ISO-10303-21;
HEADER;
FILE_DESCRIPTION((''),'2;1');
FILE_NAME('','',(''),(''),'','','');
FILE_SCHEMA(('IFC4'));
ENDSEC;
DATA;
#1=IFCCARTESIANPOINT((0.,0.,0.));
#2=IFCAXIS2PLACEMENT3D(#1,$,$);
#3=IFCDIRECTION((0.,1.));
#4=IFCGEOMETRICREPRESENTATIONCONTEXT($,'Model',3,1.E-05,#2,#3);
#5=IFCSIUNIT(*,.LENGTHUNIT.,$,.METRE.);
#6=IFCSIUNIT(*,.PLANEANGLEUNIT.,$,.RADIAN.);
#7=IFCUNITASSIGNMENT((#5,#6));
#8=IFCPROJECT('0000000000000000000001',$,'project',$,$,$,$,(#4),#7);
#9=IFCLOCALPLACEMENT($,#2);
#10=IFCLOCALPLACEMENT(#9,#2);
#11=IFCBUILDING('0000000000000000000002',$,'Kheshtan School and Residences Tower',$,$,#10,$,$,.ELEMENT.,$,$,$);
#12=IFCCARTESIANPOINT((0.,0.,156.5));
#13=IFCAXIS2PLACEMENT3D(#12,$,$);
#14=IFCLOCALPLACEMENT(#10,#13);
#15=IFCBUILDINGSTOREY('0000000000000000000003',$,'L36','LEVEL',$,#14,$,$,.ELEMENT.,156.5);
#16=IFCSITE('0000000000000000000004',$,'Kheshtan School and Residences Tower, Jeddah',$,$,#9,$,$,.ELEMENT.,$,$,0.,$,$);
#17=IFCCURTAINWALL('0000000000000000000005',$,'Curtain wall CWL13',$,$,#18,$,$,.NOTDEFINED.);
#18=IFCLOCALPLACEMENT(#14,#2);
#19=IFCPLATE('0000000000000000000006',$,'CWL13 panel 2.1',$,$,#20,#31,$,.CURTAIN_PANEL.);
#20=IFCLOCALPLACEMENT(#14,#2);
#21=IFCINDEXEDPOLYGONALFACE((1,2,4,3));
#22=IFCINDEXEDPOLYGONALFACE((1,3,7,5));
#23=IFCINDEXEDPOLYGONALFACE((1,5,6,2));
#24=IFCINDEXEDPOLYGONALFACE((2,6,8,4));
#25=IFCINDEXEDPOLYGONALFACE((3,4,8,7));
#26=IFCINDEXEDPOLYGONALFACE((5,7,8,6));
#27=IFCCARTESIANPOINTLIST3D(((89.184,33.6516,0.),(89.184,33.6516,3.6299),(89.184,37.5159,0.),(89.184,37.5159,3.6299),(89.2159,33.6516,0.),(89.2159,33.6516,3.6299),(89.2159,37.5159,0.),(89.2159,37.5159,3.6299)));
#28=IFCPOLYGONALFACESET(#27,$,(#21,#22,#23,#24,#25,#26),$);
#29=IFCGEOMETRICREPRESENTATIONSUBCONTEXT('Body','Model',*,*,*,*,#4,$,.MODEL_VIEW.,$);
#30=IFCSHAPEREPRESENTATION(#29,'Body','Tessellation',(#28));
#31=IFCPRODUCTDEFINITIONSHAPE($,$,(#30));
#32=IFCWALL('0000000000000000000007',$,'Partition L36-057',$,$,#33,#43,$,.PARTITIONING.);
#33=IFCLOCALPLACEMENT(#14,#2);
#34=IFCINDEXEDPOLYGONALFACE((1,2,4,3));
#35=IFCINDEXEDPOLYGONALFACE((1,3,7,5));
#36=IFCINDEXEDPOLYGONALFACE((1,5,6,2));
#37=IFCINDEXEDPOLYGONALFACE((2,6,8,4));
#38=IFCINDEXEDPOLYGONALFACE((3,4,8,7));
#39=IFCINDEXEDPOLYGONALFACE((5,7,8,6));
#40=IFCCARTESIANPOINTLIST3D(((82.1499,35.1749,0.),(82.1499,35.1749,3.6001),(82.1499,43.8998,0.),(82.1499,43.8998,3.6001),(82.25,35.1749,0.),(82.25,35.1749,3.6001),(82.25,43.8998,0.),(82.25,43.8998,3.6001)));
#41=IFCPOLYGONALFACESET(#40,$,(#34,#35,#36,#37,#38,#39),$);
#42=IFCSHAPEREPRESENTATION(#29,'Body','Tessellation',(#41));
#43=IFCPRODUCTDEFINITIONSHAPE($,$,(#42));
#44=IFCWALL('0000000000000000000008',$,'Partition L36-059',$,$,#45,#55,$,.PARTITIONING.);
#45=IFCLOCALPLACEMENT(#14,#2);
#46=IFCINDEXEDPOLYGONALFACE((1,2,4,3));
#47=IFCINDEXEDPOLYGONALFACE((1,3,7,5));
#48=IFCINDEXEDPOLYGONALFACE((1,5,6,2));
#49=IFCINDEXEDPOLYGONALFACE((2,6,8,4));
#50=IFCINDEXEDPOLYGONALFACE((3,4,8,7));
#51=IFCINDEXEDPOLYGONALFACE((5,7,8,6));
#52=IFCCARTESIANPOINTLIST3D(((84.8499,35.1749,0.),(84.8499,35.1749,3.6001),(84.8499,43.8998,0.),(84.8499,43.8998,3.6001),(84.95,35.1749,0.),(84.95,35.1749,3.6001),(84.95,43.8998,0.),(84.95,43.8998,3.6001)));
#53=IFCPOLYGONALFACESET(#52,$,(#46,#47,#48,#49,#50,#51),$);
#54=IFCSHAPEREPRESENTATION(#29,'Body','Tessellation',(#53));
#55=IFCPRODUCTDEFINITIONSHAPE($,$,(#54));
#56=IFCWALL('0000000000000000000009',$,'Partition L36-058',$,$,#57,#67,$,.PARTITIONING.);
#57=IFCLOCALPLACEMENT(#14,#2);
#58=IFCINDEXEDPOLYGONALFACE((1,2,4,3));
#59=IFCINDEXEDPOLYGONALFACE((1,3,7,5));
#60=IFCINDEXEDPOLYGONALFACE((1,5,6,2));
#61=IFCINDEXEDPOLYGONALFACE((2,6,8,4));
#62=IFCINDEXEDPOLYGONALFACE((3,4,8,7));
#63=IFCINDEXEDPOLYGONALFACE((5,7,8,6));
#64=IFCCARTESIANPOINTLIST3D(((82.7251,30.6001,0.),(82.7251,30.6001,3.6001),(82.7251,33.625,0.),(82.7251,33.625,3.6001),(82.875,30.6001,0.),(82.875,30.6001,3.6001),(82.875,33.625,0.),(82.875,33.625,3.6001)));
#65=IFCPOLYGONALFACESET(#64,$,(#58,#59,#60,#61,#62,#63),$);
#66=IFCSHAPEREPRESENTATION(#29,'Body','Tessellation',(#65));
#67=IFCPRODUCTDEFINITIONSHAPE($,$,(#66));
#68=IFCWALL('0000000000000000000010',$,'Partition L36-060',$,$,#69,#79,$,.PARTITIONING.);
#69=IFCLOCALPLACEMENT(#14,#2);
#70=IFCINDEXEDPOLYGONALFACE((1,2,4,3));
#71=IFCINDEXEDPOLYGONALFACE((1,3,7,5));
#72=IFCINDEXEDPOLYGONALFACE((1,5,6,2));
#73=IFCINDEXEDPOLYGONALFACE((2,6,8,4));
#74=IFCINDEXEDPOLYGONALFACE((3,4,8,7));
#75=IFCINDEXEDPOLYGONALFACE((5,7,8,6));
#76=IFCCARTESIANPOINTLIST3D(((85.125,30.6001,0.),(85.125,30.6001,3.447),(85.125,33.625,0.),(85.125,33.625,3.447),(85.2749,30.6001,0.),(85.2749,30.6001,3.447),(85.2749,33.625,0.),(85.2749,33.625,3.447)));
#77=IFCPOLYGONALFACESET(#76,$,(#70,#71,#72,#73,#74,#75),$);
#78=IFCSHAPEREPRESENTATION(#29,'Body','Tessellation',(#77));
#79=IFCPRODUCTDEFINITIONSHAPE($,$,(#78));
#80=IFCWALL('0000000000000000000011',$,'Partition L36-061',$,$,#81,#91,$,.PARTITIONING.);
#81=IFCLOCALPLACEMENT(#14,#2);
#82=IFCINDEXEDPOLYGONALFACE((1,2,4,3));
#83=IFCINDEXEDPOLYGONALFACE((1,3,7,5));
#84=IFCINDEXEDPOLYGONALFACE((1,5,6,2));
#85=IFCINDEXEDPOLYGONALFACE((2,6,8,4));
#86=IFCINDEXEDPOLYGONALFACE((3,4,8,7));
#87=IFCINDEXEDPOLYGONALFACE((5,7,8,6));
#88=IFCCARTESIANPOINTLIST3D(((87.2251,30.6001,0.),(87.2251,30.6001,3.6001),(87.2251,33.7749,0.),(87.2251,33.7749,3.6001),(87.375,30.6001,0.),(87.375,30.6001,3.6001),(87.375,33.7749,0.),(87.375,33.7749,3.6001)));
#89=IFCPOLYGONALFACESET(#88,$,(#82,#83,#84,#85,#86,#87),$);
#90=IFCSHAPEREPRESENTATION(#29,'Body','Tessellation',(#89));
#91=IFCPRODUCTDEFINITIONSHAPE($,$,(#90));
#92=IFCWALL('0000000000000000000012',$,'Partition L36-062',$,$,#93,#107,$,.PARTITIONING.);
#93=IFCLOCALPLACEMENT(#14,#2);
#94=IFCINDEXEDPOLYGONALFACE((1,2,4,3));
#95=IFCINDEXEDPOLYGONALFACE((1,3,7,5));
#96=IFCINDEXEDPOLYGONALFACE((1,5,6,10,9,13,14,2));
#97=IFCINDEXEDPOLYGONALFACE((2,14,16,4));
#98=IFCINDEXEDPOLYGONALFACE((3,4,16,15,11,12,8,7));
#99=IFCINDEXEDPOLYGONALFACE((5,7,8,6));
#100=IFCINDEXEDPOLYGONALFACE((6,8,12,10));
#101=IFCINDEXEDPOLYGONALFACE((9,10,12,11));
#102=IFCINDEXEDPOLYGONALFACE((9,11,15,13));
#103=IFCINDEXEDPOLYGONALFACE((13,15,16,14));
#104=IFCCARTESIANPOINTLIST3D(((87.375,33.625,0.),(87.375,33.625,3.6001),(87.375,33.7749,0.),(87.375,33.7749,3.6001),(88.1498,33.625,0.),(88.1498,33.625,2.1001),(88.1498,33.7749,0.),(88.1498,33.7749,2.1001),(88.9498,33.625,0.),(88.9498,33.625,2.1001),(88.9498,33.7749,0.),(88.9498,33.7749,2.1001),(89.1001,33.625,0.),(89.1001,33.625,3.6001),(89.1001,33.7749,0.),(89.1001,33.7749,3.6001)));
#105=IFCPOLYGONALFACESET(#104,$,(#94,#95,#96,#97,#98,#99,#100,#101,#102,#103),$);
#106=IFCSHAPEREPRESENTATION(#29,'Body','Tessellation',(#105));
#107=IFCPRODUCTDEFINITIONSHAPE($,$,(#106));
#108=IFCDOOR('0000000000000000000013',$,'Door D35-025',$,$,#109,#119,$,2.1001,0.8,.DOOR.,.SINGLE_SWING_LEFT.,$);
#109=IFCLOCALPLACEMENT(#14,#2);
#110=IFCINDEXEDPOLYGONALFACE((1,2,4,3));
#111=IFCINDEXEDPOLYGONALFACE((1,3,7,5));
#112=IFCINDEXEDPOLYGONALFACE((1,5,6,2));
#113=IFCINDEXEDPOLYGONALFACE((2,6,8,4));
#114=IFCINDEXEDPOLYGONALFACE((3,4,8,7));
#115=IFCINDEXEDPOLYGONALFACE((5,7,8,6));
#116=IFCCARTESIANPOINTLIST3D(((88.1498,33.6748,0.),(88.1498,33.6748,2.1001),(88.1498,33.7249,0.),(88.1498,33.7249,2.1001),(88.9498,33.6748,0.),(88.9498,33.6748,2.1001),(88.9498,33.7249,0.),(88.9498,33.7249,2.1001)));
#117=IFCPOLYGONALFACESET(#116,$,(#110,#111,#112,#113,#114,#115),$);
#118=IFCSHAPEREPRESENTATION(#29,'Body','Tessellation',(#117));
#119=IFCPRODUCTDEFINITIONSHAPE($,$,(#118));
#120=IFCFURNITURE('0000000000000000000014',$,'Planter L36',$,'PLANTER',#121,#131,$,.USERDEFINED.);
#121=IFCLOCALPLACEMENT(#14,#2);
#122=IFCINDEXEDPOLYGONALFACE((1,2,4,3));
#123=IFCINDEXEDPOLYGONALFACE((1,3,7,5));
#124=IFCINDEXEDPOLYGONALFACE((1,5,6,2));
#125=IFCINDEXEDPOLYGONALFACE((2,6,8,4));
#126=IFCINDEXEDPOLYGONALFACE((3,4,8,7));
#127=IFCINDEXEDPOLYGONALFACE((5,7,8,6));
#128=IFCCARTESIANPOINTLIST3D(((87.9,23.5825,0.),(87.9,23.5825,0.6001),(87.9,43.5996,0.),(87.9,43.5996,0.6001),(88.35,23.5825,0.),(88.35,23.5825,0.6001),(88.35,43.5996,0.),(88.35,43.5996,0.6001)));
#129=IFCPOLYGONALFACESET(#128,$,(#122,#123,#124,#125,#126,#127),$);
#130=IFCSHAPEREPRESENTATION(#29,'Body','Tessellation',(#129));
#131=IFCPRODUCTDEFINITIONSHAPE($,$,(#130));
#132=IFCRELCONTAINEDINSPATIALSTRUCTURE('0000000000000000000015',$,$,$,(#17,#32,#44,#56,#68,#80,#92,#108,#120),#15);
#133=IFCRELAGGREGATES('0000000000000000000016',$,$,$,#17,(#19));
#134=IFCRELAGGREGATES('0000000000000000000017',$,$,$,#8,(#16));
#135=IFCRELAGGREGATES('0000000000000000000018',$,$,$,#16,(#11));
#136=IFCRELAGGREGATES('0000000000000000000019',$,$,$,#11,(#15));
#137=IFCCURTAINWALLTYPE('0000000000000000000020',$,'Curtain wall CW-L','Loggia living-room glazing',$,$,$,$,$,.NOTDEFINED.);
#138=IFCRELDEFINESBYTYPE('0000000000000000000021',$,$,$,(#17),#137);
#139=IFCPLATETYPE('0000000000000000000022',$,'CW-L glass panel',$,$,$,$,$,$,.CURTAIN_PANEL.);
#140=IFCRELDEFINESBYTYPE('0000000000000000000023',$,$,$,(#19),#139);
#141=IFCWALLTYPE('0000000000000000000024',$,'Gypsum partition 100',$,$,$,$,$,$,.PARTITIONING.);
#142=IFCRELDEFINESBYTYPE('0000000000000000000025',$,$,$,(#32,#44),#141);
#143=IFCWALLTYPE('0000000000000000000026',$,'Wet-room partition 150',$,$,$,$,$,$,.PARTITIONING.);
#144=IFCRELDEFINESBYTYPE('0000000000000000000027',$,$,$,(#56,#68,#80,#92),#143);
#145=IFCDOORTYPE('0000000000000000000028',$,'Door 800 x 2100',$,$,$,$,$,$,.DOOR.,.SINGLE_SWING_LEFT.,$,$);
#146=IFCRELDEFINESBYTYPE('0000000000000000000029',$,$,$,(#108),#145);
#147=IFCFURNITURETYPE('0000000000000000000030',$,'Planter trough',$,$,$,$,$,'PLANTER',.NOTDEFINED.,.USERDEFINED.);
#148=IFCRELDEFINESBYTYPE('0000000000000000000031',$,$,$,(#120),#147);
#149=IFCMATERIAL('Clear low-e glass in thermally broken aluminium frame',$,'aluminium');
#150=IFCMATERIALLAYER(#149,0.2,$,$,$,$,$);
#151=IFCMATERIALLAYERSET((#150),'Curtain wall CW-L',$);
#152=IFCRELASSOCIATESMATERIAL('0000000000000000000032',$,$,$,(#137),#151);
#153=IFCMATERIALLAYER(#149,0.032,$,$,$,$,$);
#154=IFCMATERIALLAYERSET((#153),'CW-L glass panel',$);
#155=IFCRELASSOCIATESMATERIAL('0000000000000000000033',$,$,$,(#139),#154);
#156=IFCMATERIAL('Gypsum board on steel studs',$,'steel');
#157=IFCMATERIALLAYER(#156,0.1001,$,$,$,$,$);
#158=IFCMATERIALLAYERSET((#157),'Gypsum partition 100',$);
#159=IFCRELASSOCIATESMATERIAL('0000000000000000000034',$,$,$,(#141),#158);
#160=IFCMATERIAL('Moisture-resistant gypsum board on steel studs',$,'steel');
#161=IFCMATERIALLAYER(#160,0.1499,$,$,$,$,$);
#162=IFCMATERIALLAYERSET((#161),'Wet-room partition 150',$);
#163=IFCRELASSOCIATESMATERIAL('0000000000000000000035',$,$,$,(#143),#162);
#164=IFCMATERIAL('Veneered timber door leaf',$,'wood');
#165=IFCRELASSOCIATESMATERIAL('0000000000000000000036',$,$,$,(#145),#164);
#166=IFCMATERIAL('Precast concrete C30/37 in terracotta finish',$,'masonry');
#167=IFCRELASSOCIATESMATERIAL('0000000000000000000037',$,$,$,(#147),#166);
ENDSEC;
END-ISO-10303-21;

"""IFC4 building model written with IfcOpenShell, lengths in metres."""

from ifc_helpers import new_model, si_unit, direction, frame, frame_2d, origin, origin_2d, place, context, subcontext, project, spatial, rectangle, extrude, source, transform, mapped, material, layer, layer_set, type_object, element, fill, aggregate, save


model = new_model("IFC4")

# Units and contexts
model_context = context("Model", 3, precision=1e-05, world=origin(), true_north=direction((0.0, 1.0)))
body_context = subcontext(model_context, "Body", "Model", "MODEL_VIEW")
ifc_project = project(units=[si_unit("LENGTHUNIT", "METRE"), si_unit("PLANEANGLEUNIT", "RADIAN")], contexts=[model_context])

# Site, building, storey
site_placement = place(None, origin())
site = spatial("IfcSite", under=ifc_project, at=site_placement, Name="Kheshtan School and Residences Tower, Jeddah", CompositionType="ELEMENT", RefElevation=0.0)
building_placement = place(site_placement, origin())
building = spatial("IfcBuilding", under=site, at=building_placement, Name="Kheshtan School and Residences Tower", CompositionType="ELEMENT")
storey_placement = place(building_placement, frame((0.0, 0.0, 156.5)))
storey = spatial("IfcBuildingStorey", under=building, at=storey_placement, Name="L36", Description="LEVEL", CompositionType="ELEMENT", Elevation=156.5)

# Curtain wall
ifc_material_1 = material(Name="Clear low-e glass in thermally broken aluminium frame", Category="aluminium")
ifc_layer_1 = layer(ifc_material_1, 0.2)
ifc_layer_set_1 = layer_set([ifc_layer_1], Name="Curtain wall CW-L")
curtain_wall_type = type_object("IfcCurtainWallType", Name="Curtain wall CW-L", Description="Loggia living-room glazing", PredefinedType="NOTDEFINED", material=ifc_layer_set_1)
curtain_wall_1_placement = place(storey_placement, origin())
curtain_wall_1 = element("IfcCurtainWall", 1, at=curtain_wall_1_placement, inside=storey, type_object=curtain_wall_type, Name="Curtain wall CWL13", PredefinedType="NOTDEFINED")

# Plate
ifc_layer_2 = layer(ifc_material_1, 0.032)
ifc_layer_set_2 = layer_set([ifc_layer_2], Name="CW-L glass panel")
plate_type = type_object("IfcPlateType", Name="CW-L glass panel", PredefinedType="CURTAIN_PANEL", material=ifc_layer_set_2)
plate_1_placement = place(storey_placement, frame((89.2, 35.5837, 0.0), z_axis=(0.0, 0.0, 1.0), x_axis=(0.0, -1.0, 0.0)))
plate_1 = element("IfcPlate", 2, at=plate_1_placement, type_object=plate_type, Name="CWL13 panel 2.1", PredefinedType="CURTAIN_PANEL", context=body_context, shape_type="SweptSolid", body=[
    extrude(rectangle(XDim=3.8643, YDim=0.032, at=origin_2d()), origin(), (0.0, 0.0, 1.0), 3.6299),
])
aggregate(curtain_wall_1, [plate_1])

# Walls
ifc_material_2 = material(Name="Gypsum board on steel studs", Category="steel")
ifc_layer_3 = layer(ifc_material_2, 0.1001)
ifc_layer_set_3 = layer_set([ifc_layer_3], Name="Gypsum partition 100")
wall_type_1 = type_object("IfcWallType", Name="Gypsum partition 100", PredefinedType="PARTITIONING", material=ifc_layer_set_3)
for number, where, z_axis, x_axis, name in (
    (3, (82.2, 35.175, 0.0), (0.0, 0.0, 1.0), (0.0, 1.0, 0.0), "Partition L36-057"),
    (4, (84.8999, 35.175, 0.0), (0.0, 0.0, 1.0), (0.0, 1.0, 0.0), "Partition L36-059"),
):
    element("IfcWall", number, at=place(storey_placement, frame(where, z_axis=z_axis, x_axis=x_axis)), inside=storey, type_object=wall_type_1, Name=name, PredefinedType="PARTITIONING", context=body_context, shape_type="SweptSolid", body=[
        extrude(rectangle(XDim=8.7249, YDim=0.1001, at=frame_2d((4.3623, 0.0))), origin(), (0.0, 0.0, 1.0), 3.6001),
    ])
ifc_material_3 = material(Name="Moisture-resistant gypsum board on steel studs", Category="steel")
ifc_layer_4 = layer(ifc_material_3, 0.1499)
ifc_layer_set_4 = layer_set([ifc_layer_4], Name="Wet-room partition 150")
wall_type_2 = type_object("IfcWallType", Name="Wet-room partition 150", PredefinedType="PARTITIONING", material=ifc_layer_set_4)
wall_1_placement = place(storey_placement, frame((82.8, 30.6001, 0.0), z_axis=(0.0, 0.0, 1.0), x_axis=(0.0, 1.0, 0.0)))
element("IfcWall", 5, at=wall_1_placement, inside=storey, type_object=wall_type_2, Name="Partition L36-058", PredefinedType="PARTITIONING", context=body_context, shape_type="SweptSolid", body=[
    extrude(rectangle(XDim=3.0249, YDim=0.1499, at=frame_2d((1.5125, 0.0))), origin(), (0.0, 0.0, 1.0), 3.6001),
])
wall_2_placement = place(storey_placement, frame((85.2, 30.6001, 0.0), z_axis=(0.0, 0.0, 1.0), x_axis=(0.0, 1.0, 0.0)))
element("IfcWall", 6, at=wall_2_placement, inside=storey, type_object=wall_type_2, Name="Partition L36-060", PredefinedType="PARTITIONING", context=body_context, shape_type="SweptSolid", body=[
    extrude(rectangle(XDim=3.0249, YDim=0.1499, at=frame_2d((1.5125, 0.0))), origin(), (0.0, 0.0, 1.0), 3.447),
])
wall_3_placement = place(storey_placement, frame((87.3, 30.6001, 0.0), z_axis=(0.0, 0.0, 1.0), x_axis=(0.0, 1.0, 0.0)))
element("IfcWall", 7, at=wall_3_placement, inside=storey, type_object=wall_type_2, Name="Partition L36-061", PredefinedType="PARTITIONING", context=body_context, shape_type="SweptSolid", body=[
    extrude(rectangle(XDim=3.1748, YDim=0.1499, at=frame_2d((1.5874, 0.0))), origin(), (0.0, 0.0, 1.0), 3.6001),
])

# Wall, opening, door
wall_4_placement = place(storey_placement, frame((87.375, 33.7, 0.0), z_axis=(0.0, 0.0, 1.0), x_axis=(1.0, 0.0, 0.0)))
wall_4 = element("IfcWall", 8, at=wall_4_placement, inside=storey, type_object=wall_type_2, Name="Partition L36-062", PredefinedType="PARTITIONING", context=body_context, shape_type="SweptSolid", body=[
    extrude(rectangle(XDim=1.7251, YDim=0.1499, at=frame_2d((0.8625, 0.0))), origin(), (0.0, 0.0, 1.0), 3.6001),
])
opening_1_placement = place(wall_4_placement, frame((0.7749, 0.0, 0.0)))
opening_1 = element("IfcOpeningElement", 9, at=opening_1_placement, cuts=wall_4, PredefinedType="OPENING", context=body_context, shape_type="SweptSolid", body=[
    extrude(rectangle(XDim=0.8, YDim=2.1001, at=frame_2d((0.3999, 1.05))), frame((0.0, 0.085, 0.0), z_axis=(0.0, -1.0, 0.0), x_axis=(1.0, 0.0, 0.0)), (0.0, 0.0, 1.0), 0.1699),
])
ifc_material_4 = material(Name="Veneered timber door leaf", Category="wood")
door_type_1 = type_object("IfcDoorType", Name="Door 800 x 2100", OperationType="SINGLE_SWING_LEFT", PredefinedType="DOOR", material=ifc_material_4)
shared_shape_1 = source(origin(), body_context, "Body", "SweptSolid", [
    extrude(rectangle(XDim=0.8, YDim=2.1001, at=frame_2d((0.3999, 1.05))), frame((0.0, 0.0249, 0.0), z_axis=(0.0, -1.0, 0.0), x_axis=(1.0, 0.0, 0.0)), (0.0, 0.0, 1.0), 0.05),
])
door_1_placement = place(opening_1_placement, origin())
door_1 = element("IfcDoor", 10, at=door_1_placement, inside=storey, type_object=door_type_1, Name="Door D35-025", OperationType="SINGLE_SWING_LEFT", OverallHeight=2.1001, OverallWidth=0.8, PredefinedType="DOOR", context=body_context, shape_type="MappedRepresentation", body=[
    mapped(shared_shape_1, transform((0.0, 0.0, 0.0), x_axis=(1.0, 0.0, 0.0), y_axis=(0.0, 1.0, 0.0), z_axis=(0.0, 0.0, 1.0), scale=1.0)),
])
fill(opening_1, door_1)

# Furniture
ifc_material_5 = material(Name="Precast concrete C30/37 in terracotta finish", Category="masonry")
furniture_type = type_object("IfcFurnitureType", Name="Planter trough", ElementType="PLANTER", AssemblyPlace="NOTDEFINED", PredefinedType="USERDEFINED", material=ifc_material_5)
furniture_placement = place(storey_placement, frame((88.125, 33.5911, 0.0), z_axis=(0.0, 0.0, 1.0), x_axis=(0.0, -1.0, 0.0)))
element("IfcFurniture", 11, at=furniture_placement, inside=storey, type_object=furniture_type, Name="Planter L36", ObjectType="PLANTER", PredefinedType="USERDEFINED", context=body_context, shape_type="SweptSolid", body=[
    extrude(rectangle(XDim=20.0171, YDim=0.45, at=origin_2d()), origin(), (0.0, 0.0, 1.0), 0.6001),
])

save(model, "model.ifc")
